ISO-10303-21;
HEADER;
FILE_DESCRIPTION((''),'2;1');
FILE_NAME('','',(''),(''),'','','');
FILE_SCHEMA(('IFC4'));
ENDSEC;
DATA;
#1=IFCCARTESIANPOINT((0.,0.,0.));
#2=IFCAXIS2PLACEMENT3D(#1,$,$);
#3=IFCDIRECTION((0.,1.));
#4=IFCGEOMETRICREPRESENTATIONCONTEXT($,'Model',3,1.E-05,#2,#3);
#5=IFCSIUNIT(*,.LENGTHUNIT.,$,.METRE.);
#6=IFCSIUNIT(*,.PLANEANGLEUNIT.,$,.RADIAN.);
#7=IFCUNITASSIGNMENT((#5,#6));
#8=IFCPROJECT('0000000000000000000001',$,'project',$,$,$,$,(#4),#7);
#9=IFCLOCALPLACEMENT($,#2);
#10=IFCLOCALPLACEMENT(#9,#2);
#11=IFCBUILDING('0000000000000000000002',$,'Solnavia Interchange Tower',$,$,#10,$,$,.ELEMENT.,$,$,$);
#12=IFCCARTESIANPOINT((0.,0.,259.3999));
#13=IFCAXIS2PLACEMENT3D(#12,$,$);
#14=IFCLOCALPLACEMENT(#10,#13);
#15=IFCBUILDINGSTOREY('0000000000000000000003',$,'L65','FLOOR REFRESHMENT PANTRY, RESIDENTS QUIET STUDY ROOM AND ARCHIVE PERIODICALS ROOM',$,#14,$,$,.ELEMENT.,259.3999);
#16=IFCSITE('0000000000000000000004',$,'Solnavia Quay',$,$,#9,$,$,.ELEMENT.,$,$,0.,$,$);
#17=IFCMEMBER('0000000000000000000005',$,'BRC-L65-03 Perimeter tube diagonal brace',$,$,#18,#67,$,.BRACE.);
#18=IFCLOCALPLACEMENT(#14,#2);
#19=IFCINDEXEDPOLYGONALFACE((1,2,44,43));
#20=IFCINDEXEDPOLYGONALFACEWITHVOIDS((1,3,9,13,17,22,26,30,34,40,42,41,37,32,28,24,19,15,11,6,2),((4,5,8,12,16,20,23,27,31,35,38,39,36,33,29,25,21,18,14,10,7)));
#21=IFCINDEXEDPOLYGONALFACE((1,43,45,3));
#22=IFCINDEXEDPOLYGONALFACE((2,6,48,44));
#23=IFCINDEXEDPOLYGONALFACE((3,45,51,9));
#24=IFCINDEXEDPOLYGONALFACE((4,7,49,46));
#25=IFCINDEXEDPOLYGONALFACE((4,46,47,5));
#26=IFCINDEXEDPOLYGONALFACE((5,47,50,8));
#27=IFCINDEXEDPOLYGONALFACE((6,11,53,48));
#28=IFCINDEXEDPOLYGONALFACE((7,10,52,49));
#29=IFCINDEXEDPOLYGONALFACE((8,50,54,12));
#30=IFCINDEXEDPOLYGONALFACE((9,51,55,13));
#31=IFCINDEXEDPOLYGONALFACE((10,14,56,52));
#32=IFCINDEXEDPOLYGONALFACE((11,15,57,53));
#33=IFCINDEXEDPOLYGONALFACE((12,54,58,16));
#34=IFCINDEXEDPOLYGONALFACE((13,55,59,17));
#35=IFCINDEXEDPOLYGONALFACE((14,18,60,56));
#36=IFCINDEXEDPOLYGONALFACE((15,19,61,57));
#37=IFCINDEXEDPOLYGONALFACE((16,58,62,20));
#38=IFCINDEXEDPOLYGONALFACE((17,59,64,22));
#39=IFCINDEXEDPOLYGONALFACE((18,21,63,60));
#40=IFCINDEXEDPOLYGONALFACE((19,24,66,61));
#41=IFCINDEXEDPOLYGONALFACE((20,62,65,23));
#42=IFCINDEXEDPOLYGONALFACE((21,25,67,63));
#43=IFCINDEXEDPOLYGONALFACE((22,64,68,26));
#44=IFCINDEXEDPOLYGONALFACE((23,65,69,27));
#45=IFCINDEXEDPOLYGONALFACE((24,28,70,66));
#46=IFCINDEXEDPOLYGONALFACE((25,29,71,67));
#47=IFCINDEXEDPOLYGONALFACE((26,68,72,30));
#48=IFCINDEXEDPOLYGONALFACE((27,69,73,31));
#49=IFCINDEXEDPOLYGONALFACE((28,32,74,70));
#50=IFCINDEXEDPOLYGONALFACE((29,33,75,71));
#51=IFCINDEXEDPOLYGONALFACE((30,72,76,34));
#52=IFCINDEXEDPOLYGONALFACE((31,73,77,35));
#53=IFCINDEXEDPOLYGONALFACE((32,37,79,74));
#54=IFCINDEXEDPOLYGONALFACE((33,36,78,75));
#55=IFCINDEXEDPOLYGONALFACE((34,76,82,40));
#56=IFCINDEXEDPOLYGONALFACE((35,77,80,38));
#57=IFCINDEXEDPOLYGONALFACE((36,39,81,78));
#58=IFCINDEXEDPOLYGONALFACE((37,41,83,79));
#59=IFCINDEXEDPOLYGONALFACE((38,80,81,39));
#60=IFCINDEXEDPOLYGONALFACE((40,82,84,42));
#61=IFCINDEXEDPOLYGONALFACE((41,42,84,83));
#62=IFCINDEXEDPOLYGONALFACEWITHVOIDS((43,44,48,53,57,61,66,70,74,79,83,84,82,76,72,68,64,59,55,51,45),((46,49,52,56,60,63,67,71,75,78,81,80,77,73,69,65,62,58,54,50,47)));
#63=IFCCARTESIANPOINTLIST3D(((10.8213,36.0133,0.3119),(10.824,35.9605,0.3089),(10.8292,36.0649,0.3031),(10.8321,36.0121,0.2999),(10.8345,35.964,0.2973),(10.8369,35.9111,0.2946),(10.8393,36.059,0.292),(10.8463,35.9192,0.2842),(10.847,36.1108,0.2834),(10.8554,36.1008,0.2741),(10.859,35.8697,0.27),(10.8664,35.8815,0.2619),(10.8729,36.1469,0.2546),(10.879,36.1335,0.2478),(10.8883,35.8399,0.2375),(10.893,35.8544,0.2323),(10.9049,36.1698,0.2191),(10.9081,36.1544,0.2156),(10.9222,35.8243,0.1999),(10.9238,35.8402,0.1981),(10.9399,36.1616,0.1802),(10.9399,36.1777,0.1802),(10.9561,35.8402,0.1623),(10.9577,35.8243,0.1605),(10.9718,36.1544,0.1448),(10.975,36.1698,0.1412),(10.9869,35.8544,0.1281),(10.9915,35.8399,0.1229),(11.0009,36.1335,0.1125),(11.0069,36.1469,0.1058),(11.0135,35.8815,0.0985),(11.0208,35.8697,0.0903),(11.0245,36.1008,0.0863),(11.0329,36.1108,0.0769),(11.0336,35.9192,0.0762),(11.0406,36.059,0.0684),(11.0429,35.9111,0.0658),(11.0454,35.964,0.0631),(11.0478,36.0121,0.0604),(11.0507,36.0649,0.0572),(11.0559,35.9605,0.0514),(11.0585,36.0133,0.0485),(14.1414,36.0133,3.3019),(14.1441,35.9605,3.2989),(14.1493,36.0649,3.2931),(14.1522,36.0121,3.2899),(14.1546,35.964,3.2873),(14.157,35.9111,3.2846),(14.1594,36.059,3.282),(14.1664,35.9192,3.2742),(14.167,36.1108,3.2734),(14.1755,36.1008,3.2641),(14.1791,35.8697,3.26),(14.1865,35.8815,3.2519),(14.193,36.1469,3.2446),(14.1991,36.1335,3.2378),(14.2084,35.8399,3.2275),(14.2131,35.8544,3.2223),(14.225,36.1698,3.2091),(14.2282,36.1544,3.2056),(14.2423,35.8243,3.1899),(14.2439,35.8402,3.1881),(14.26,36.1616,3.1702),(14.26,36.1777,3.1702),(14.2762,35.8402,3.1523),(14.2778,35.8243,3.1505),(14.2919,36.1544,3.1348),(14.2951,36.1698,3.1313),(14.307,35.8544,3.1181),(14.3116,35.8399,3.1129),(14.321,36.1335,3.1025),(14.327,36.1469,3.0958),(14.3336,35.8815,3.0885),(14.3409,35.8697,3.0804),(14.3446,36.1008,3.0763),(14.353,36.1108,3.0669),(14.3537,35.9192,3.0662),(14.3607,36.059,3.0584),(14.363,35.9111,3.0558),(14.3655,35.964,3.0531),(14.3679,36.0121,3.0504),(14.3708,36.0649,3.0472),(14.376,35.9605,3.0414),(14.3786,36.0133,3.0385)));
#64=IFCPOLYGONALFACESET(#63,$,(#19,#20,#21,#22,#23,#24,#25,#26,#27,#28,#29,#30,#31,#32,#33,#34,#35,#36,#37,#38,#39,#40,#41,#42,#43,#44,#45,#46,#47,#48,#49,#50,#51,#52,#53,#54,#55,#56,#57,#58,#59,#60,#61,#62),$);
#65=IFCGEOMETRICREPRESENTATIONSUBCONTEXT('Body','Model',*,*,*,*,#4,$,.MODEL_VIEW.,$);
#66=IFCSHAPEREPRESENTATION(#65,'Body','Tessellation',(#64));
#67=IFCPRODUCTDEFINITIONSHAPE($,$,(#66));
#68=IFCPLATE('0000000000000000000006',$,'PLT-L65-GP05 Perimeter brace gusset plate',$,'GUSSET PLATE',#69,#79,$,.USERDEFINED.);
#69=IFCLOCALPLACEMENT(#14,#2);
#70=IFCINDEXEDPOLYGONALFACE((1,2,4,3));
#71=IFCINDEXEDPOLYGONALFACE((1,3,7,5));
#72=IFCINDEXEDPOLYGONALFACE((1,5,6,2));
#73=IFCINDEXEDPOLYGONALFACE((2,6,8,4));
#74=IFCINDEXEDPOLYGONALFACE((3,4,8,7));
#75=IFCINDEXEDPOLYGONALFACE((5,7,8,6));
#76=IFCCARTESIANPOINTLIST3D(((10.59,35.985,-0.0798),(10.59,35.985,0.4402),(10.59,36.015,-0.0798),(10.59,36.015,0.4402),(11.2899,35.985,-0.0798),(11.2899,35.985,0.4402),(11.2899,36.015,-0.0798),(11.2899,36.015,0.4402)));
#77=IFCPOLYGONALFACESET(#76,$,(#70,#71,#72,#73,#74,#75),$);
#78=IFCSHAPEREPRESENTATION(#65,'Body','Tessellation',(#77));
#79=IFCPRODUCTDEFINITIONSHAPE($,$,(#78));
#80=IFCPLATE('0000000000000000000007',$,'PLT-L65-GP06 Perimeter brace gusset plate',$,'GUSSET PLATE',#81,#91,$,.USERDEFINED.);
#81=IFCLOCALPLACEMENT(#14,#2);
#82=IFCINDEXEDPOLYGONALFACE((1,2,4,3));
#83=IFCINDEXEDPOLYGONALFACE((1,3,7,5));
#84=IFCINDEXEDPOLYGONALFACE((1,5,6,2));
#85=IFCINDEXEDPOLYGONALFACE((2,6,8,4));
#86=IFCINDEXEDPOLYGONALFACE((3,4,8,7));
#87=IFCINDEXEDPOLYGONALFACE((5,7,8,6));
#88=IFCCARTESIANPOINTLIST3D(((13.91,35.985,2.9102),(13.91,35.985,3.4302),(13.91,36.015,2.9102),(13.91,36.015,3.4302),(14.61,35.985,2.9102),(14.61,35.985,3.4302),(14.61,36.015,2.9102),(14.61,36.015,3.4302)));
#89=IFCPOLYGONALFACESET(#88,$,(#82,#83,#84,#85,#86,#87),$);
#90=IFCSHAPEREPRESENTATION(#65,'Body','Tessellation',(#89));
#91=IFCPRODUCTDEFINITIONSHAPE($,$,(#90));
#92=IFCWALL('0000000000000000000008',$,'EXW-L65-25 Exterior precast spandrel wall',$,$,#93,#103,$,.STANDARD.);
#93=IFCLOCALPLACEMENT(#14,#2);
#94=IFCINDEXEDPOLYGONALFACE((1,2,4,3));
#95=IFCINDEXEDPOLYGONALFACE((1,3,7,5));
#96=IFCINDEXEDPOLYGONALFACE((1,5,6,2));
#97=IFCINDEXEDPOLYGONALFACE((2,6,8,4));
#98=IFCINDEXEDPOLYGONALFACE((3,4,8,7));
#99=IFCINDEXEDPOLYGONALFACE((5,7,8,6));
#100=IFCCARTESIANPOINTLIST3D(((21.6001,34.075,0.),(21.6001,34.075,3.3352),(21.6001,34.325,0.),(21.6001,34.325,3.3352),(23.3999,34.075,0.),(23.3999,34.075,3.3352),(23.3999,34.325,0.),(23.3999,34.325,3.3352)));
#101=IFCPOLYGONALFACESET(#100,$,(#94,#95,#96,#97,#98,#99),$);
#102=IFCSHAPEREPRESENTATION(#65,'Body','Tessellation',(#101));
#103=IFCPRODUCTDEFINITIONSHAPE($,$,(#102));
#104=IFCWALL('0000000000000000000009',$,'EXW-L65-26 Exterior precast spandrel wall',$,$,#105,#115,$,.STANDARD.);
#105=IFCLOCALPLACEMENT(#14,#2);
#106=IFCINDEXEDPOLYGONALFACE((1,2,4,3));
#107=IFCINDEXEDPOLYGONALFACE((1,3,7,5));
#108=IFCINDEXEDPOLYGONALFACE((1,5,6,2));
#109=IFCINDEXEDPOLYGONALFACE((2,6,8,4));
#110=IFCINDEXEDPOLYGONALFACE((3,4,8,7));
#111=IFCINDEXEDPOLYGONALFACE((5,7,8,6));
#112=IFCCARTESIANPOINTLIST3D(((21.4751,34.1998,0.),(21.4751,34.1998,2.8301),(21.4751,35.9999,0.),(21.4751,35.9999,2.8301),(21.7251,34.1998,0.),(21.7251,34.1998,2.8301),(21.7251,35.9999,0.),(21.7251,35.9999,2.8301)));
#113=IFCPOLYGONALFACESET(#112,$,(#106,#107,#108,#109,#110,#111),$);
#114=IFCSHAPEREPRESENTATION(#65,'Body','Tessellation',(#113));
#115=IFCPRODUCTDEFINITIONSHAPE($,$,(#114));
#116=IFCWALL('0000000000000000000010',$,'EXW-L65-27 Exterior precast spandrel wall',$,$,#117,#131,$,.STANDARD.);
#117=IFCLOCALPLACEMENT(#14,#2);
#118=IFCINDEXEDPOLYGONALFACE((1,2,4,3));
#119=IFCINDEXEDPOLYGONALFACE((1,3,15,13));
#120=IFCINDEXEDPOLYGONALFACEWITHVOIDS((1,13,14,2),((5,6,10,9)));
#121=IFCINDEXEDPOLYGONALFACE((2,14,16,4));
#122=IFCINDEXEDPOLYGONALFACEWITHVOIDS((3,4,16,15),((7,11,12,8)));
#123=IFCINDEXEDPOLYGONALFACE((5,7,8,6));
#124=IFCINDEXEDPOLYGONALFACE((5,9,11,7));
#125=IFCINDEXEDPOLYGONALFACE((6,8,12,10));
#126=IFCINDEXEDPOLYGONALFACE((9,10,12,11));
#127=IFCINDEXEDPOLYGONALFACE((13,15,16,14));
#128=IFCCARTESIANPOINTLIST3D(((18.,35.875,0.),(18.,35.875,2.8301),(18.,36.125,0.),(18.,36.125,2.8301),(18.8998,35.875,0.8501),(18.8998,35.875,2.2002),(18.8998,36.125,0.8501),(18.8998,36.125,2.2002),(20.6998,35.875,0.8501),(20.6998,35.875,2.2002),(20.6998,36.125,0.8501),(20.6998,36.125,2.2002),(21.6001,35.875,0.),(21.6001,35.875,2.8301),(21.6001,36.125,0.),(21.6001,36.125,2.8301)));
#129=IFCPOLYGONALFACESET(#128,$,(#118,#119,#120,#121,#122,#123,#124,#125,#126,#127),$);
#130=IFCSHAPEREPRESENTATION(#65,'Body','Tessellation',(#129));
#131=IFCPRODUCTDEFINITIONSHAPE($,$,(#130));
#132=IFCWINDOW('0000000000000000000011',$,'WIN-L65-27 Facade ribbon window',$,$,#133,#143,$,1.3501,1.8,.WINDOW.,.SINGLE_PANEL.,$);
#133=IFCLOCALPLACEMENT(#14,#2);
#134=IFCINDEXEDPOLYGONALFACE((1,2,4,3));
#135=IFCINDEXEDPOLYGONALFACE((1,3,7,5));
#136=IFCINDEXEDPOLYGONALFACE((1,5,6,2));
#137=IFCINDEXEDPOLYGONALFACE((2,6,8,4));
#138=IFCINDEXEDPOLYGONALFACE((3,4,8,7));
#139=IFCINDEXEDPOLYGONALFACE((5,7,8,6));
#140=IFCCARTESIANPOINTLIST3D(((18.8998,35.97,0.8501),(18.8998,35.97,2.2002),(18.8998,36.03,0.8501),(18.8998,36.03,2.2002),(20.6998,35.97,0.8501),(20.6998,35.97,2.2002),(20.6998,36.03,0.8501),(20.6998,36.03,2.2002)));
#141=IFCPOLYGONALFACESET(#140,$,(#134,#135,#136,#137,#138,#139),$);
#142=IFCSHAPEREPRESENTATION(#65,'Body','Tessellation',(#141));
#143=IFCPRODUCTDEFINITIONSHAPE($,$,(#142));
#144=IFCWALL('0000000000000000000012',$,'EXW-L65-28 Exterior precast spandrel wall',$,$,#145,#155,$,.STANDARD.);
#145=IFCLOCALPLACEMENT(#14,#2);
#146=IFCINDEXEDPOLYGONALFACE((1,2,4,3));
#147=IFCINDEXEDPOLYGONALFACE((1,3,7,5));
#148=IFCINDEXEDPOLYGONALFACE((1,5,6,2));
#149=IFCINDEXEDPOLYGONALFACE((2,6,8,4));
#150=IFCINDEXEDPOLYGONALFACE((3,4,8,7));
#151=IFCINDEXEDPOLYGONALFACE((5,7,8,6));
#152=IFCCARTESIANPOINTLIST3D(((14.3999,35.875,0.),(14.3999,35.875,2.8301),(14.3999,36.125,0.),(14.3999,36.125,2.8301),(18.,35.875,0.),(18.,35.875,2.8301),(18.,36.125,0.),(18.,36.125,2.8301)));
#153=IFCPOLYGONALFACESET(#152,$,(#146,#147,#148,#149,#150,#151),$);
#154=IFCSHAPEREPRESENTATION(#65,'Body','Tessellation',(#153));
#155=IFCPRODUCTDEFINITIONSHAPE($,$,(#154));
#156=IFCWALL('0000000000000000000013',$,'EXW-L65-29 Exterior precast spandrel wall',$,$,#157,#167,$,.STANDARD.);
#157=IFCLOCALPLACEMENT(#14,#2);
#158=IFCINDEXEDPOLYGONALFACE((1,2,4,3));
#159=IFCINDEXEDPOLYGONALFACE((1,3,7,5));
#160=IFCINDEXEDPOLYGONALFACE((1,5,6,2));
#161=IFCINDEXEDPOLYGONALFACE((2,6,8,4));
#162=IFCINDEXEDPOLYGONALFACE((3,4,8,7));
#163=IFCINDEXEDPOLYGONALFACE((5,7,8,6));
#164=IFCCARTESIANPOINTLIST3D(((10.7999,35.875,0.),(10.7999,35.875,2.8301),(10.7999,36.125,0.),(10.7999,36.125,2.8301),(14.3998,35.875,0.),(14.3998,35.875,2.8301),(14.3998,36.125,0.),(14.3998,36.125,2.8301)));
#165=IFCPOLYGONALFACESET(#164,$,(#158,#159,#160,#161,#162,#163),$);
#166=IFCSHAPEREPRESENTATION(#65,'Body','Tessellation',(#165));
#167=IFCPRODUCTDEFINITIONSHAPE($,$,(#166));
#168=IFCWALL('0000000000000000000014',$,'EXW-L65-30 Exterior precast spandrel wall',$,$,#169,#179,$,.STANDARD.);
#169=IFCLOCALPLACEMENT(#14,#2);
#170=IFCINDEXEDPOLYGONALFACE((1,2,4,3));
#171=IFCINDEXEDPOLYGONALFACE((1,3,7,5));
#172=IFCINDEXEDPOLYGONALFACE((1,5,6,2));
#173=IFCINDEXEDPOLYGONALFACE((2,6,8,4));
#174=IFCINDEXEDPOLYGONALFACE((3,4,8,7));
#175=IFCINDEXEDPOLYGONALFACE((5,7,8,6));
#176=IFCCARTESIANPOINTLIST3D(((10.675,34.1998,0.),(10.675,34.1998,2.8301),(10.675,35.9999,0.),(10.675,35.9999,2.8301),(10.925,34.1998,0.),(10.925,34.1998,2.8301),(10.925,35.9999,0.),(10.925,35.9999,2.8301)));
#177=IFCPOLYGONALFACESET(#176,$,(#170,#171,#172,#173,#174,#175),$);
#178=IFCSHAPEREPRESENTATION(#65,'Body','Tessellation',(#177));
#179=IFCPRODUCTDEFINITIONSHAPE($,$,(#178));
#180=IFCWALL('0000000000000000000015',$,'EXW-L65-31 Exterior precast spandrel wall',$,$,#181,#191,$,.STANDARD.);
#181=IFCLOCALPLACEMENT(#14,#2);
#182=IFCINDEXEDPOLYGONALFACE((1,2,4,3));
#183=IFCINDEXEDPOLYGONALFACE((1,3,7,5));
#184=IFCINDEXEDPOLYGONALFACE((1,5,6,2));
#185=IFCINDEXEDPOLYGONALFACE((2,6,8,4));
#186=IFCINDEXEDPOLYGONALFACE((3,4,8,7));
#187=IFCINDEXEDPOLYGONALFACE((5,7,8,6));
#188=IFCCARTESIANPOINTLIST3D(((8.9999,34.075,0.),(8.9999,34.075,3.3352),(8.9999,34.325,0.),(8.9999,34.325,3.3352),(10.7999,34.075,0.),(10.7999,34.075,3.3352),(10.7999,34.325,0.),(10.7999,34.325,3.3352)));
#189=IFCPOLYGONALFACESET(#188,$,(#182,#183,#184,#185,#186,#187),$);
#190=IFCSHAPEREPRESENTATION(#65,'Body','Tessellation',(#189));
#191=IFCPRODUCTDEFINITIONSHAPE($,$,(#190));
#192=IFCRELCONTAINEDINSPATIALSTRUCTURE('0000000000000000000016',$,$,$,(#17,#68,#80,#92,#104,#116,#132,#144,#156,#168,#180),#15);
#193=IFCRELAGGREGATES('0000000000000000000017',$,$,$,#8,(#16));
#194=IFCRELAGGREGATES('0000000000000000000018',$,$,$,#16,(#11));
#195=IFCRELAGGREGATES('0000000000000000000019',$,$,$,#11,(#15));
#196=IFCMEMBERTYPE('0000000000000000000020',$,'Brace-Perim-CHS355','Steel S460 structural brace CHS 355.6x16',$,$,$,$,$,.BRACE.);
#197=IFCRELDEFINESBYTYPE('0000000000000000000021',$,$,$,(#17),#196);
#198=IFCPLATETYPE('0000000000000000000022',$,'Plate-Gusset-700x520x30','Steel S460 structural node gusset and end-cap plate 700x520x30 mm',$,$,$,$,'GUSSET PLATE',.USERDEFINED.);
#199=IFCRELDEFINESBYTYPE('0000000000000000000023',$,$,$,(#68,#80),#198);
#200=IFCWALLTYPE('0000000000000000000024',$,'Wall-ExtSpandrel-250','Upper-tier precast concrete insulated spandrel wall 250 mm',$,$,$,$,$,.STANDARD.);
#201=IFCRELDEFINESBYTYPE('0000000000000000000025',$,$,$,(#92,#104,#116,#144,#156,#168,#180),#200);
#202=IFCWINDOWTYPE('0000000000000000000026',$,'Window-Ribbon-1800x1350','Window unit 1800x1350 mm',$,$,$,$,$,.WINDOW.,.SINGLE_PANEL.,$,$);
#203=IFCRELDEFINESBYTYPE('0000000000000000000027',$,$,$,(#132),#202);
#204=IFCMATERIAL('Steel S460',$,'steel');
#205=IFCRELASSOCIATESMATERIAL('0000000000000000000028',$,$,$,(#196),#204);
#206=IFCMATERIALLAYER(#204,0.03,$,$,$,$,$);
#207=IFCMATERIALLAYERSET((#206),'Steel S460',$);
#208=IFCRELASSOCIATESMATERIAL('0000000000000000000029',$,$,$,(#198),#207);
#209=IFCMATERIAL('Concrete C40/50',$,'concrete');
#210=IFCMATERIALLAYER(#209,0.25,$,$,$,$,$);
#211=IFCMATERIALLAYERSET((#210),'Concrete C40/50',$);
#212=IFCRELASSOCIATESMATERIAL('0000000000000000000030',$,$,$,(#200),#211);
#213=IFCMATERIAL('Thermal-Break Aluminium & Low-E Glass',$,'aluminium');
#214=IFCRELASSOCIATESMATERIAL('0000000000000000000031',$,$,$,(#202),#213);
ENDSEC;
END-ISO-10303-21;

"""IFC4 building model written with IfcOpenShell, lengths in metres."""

from ifc_helpers import new_model, si_unit, direction, frame, frame_2d, origin, origin_2d, place, context, subcontext, project, spatial, rectangle, hollow_circle, extrude, material, layer, layer_set, material_profile, profile_set, type_object, element, fill, save


model = new_model("IFC4")

# Units and contexts
model_context = context("Model", 3, precision=1e-05, world=origin(), true_north=direction((0.0, 1.0)))
body_context = subcontext(model_context, "Body", "Model", "MODEL_VIEW")
ifc_project = project(units=[si_unit("LENGTHUNIT", "METRE"), si_unit("PLANEANGLEUNIT", "RADIAN")], contexts=[model_context])

# Site, building, storey
site_placement = place(None, origin())
site = spatial("IfcSite", under=ifc_project, at=site_placement, Name="Solnavia Quay", CompositionType="ELEMENT", RefElevation=0.0)
building_placement = place(site_placement, origin())
building = spatial("IfcBuilding", under=site, at=building_placement, Name="Solnavia Interchange Tower", CompositionType="ELEMENT")
storey_placement = place(building_placement, frame((0.0, 0.0, 259.3999)))
storey = spatial("IfcBuildingStorey", under=building, at=storey_placement, Name="L65", Description="FLOOR REFRESHMENT PANTRY, RESIDENTS QUIET STUDY ROOM AND ARCHIVE PERIODICALS ROOM", CompositionType="ELEMENT", Elevation=259.3999)

# Shared definitions
ifc_material_1 = material(Name="Steel S460", Category="steel")

# Member
ifc_material_profile_1 = material_profile(ifc_material_1, hollow_circle(Radius=0.1777, WallThickness=0.0161, at=origin_2d()), Name="CHS 355.6x16")
ifc_profile_set_1 = profile_set([ifc_material_profile_1], Name="Steel S460")
member_type = type_object("IfcMemberType", Name="Brace-Perim-CHS355", Description="Steel S460 structural brace CHS 355.6x16", PredefinedType="BRACE", material=ifc_profile_set_1)
member_placement = place(storey_placement, frame((10.9399, 36.0, 0.1802), z_axis=(0.743079, 0.0, 0.669203), x_axis=(0.0, 1.0, 0.0)))
element("IfcMember", 1, at=member_placement, inside=storey, type_object=member_type, Name="BRC-L65-03 Perimeter tube diagonal brace", PredefinedType="BRACE", context=body_context, shape_type="SweptSolid", body=[
    extrude(hollow_circle(Radius=0.1777, WallThickness=0.0161, at=origin_2d()), origin(), (0.0, 0.0, 1.0), 4.468),
])

# Plates
ifc_layer_1 = layer(ifc_material_1, 0.03)
ifc_layer_set_1 = layer_set([ifc_layer_1], Name="Steel S460")
plate_type = type_object("IfcPlateType", Name="Plate-Gusset-700x520x30", Description="Steel S460 structural node gusset and end-cap plate 700x520x30 mm", ElementType="GUSSET PLATE", PredefinedType="USERDEFINED", material=ifc_layer_set_1)
for number, where, z_axis, x_axis, name in (
    (2, (10.9399, 36.0, -0.0798), (0.0, 0.0, 1.0), (1.0, 0.0, 0.0), "PLT-L65-GP05 Perimeter brace gusset plate"),
    (3, (14.26, 36.0, 2.9102), (0.0, 0.0, 1.0), (1.0, 0.0, 0.0), "PLT-L65-GP06 Perimeter brace gusset plate"),
):
    element("IfcPlate", number, at=place(storey_placement, frame(where, z_axis=z_axis, x_axis=x_axis)), inside=storey, type_object=plate_type, Name=name, ObjectType="GUSSET PLATE", PredefinedType="USERDEFINED", context=body_context, shape_type="SweptSolid", body=[
        extrude(rectangle(XDim=0.7, YDim=0.03, at=origin_2d()), origin(), (0.0, 0.0, 1.0), 0.52),
    ])

# Walls
ifc_material_2 = material(Name="Concrete C40/50", Category="concrete")
ifc_layer_2 = layer(ifc_material_2, 0.25)
ifc_layer_set_2 = layer_set([ifc_layer_2], Name="Concrete C40/50")
wall_type_1 = type_object("IfcWallType", Name="Wall-ExtSpandrel-250", Description="Upper-tier precast concrete insulated spandrel wall 250 mm", PredefinedType="STANDARD", material=ifc_layer_set_2)
wall_1_placement = place(storey_placement, frame((21.6001, 34.2, 0.0), z_axis=(0.0, 0.0, 1.0), x_axis=(1.0, 0.0, 0.0)))
element("IfcWall", 4, at=wall_1_placement, inside=storey, type_object=wall_type_1, Name="EXW-L65-25 Exterior precast spandrel wall", PredefinedType="STANDARD", context=body_context, shape_type="SweptSolid", body=[
    extrude(rectangle(XDim=1.7998, YDim=0.25, at=frame_2d((0.8999, 0.0))), origin(), (0.0, 0.0, 1.0), 3.3352),
])
wall_2_placement = place(storey_placement, frame((21.6001, 34.2, 0.0), z_axis=(0.0, 0.0, 1.0), x_axis=(0.0, 1.0, 0.0)))
element("IfcWall", 5, at=wall_2_placement, inside=storey, type_object=wall_type_1, Name="EXW-L65-26 Exterior precast spandrel wall", PredefinedType="STANDARD", context=body_context, shape_type="SweptSolid", body=[
    extrude(rectangle(XDim=1.8, YDim=0.25, at=frame_2d((0.8999, 0.0))), origin(), (0.0, 0.0, 1.0), 2.8301),
])

# Wall, opening, window
wall_3_placement = place(storey_placement, frame((18.0, 36.0, 0.0), z_axis=(0.0, 0.0, 1.0), x_axis=(1.0, 0.0, 0.0)))
wall_3 = element("IfcWall", 6, at=wall_3_placement, inside=storey, type_object=wall_type_1, Name="EXW-L65-27 Exterior precast spandrel wall", PredefinedType="STANDARD", context=body_context, shape_type="SweptSolid", body=[
    extrude(rectangle(XDim=3.6001, YDim=0.25, at=frame_2d((1.8, 0.0))), origin(), (0.0, 0.0, 1.0), 2.8301),
])
opening_1_placement = place(wall_3_placement, frame((0.8999, 0.0, 0.8501)))
opening_1 = element("IfcOpeningElement", 7, at=opening_1_placement, cuts=wall_3, PredefinedType="OPENING", context=body_context, shape_type="SweptSolid", body=[
    extrude(rectangle(XDim=1.8, YDim=1.3501, at=frame_2d((0.8999, 0.675))), frame((0.0, 0.135, 0.0), z_axis=(0.0, -1.0, 0.0), x_axis=(1.0, 0.0, 0.0)), (0.0, 0.0, 1.0), 0.27),
])
ifc_material_3 = material(Name="Thermal-Break Aluminium & Low-E Glass", Category="aluminium")
window_type = type_object("IfcWindowType", Name="Window-Ribbon-1800x1350", Description="Window unit 1800x1350 mm", PartitioningType="SINGLE_PANEL", PredefinedType="WINDOW", material=ifc_material_3)
window_1_placement = place(opening_1_placement, origin())
window_1 = element("IfcWindow", 8, at=window_1_placement, inside=storey, type_object=window_type, Name="WIN-L65-27 Facade ribbon window", OverallHeight=1.3501, OverallWidth=1.8, PartitioningType="SINGLE_PANEL", PredefinedType="WINDOW", context=body_context, shape_type="SweptSolid", body=[
    extrude(rectangle(XDim=1.8, YDim=1.3501, at=frame_2d((0.8999, 0.675))), frame((0.0, 0.03, 0.0), z_axis=(0.0, -1.0, 0.0), x_axis=(1.0, 0.0, 0.0)), (0.0, 0.0, 1.0), 0.0601),
])
fill(opening_1, window_1)

# Walls
wall_4_placement = place(storey_placement, frame((14.3999, 36.0, 0.0), z_axis=(0.0, 0.0, 1.0), x_axis=(1.0, 0.0, 0.0)))
element("IfcWall", 9, at=wall_4_placement, inside=storey, type_object=wall_type_1, Name="EXW-L65-28 Exterior precast spandrel wall", PredefinedType="STANDARD", context=body_context, shape_type="SweptSolid", body=[
    extrude(rectangle(XDim=3.6001, YDim=0.25, at=frame_2d((1.8, 0.0))), origin(), (0.0, 0.0, 1.0), 2.8301),
])
wall_5_placement = place(storey_placement, frame((10.8, 36.0, 0.0), z_axis=(0.0, 0.0, 1.0), x_axis=(1.0, 0.0, 0.0)))
element("IfcWall", 10, at=wall_5_placement, inside=storey, type_object=wall_type_1, Name="EXW-L65-29 Exterior precast spandrel wall", PredefinedType="STANDARD", context=body_context, shape_type="SweptSolid", body=[
    extrude(rectangle(XDim=3.5999, YDim=0.25, at=frame_2d((1.7998, 0.0))), origin(), (0.0, 0.0, 1.0), 2.8301),
])
wall_6_placement = place(storey_placement, frame((10.8, 34.2, 0.0), z_axis=(0.0, 0.0, 1.0), x_axis=(0.0, 1.0, 0.0)))
element("IfcWall", 11, at=wall_6_placement, inside=storey, type_object=wall_type_1, Name="EXW-L65-30 Exterior precast spandrel wall", PredefinedType="STANDARD", context=body_context, shape_type="SweptSolid", body=[
    extrude(rectangle(XDim=1.8, YDim=0.25, at=frame_2d((0.8999, 0.0))), origin(), (0.0, 0.0, 1.0), 2.8301),
])
for number, where, z_axis, x_axis, name in (
    (12, (9.0, 34.2, 0.0), (0.0, 0.0, 1.0), (1.0, 0.0, 0.0), "EXW-L65-31 Exterior precast spandrel wall"),
):
    element("IfcWall", number, at=place(storey_placement, frame(where, z_axis=z_axis, x_axis=x_axis)), inside=storey, type_object=wall_type_1, Name=name, PredefinedType="STANDARD", context=body_context, shape_type="SweptSolid", body=[
        extrude(rectangle(XDim=1.8, YDim=0.25, at=frame_2d((0.8999, 0.0))), origin(), (0.0, 0.0, 1.0), 3.3352),
    ])

save(model, "model.ifc")
